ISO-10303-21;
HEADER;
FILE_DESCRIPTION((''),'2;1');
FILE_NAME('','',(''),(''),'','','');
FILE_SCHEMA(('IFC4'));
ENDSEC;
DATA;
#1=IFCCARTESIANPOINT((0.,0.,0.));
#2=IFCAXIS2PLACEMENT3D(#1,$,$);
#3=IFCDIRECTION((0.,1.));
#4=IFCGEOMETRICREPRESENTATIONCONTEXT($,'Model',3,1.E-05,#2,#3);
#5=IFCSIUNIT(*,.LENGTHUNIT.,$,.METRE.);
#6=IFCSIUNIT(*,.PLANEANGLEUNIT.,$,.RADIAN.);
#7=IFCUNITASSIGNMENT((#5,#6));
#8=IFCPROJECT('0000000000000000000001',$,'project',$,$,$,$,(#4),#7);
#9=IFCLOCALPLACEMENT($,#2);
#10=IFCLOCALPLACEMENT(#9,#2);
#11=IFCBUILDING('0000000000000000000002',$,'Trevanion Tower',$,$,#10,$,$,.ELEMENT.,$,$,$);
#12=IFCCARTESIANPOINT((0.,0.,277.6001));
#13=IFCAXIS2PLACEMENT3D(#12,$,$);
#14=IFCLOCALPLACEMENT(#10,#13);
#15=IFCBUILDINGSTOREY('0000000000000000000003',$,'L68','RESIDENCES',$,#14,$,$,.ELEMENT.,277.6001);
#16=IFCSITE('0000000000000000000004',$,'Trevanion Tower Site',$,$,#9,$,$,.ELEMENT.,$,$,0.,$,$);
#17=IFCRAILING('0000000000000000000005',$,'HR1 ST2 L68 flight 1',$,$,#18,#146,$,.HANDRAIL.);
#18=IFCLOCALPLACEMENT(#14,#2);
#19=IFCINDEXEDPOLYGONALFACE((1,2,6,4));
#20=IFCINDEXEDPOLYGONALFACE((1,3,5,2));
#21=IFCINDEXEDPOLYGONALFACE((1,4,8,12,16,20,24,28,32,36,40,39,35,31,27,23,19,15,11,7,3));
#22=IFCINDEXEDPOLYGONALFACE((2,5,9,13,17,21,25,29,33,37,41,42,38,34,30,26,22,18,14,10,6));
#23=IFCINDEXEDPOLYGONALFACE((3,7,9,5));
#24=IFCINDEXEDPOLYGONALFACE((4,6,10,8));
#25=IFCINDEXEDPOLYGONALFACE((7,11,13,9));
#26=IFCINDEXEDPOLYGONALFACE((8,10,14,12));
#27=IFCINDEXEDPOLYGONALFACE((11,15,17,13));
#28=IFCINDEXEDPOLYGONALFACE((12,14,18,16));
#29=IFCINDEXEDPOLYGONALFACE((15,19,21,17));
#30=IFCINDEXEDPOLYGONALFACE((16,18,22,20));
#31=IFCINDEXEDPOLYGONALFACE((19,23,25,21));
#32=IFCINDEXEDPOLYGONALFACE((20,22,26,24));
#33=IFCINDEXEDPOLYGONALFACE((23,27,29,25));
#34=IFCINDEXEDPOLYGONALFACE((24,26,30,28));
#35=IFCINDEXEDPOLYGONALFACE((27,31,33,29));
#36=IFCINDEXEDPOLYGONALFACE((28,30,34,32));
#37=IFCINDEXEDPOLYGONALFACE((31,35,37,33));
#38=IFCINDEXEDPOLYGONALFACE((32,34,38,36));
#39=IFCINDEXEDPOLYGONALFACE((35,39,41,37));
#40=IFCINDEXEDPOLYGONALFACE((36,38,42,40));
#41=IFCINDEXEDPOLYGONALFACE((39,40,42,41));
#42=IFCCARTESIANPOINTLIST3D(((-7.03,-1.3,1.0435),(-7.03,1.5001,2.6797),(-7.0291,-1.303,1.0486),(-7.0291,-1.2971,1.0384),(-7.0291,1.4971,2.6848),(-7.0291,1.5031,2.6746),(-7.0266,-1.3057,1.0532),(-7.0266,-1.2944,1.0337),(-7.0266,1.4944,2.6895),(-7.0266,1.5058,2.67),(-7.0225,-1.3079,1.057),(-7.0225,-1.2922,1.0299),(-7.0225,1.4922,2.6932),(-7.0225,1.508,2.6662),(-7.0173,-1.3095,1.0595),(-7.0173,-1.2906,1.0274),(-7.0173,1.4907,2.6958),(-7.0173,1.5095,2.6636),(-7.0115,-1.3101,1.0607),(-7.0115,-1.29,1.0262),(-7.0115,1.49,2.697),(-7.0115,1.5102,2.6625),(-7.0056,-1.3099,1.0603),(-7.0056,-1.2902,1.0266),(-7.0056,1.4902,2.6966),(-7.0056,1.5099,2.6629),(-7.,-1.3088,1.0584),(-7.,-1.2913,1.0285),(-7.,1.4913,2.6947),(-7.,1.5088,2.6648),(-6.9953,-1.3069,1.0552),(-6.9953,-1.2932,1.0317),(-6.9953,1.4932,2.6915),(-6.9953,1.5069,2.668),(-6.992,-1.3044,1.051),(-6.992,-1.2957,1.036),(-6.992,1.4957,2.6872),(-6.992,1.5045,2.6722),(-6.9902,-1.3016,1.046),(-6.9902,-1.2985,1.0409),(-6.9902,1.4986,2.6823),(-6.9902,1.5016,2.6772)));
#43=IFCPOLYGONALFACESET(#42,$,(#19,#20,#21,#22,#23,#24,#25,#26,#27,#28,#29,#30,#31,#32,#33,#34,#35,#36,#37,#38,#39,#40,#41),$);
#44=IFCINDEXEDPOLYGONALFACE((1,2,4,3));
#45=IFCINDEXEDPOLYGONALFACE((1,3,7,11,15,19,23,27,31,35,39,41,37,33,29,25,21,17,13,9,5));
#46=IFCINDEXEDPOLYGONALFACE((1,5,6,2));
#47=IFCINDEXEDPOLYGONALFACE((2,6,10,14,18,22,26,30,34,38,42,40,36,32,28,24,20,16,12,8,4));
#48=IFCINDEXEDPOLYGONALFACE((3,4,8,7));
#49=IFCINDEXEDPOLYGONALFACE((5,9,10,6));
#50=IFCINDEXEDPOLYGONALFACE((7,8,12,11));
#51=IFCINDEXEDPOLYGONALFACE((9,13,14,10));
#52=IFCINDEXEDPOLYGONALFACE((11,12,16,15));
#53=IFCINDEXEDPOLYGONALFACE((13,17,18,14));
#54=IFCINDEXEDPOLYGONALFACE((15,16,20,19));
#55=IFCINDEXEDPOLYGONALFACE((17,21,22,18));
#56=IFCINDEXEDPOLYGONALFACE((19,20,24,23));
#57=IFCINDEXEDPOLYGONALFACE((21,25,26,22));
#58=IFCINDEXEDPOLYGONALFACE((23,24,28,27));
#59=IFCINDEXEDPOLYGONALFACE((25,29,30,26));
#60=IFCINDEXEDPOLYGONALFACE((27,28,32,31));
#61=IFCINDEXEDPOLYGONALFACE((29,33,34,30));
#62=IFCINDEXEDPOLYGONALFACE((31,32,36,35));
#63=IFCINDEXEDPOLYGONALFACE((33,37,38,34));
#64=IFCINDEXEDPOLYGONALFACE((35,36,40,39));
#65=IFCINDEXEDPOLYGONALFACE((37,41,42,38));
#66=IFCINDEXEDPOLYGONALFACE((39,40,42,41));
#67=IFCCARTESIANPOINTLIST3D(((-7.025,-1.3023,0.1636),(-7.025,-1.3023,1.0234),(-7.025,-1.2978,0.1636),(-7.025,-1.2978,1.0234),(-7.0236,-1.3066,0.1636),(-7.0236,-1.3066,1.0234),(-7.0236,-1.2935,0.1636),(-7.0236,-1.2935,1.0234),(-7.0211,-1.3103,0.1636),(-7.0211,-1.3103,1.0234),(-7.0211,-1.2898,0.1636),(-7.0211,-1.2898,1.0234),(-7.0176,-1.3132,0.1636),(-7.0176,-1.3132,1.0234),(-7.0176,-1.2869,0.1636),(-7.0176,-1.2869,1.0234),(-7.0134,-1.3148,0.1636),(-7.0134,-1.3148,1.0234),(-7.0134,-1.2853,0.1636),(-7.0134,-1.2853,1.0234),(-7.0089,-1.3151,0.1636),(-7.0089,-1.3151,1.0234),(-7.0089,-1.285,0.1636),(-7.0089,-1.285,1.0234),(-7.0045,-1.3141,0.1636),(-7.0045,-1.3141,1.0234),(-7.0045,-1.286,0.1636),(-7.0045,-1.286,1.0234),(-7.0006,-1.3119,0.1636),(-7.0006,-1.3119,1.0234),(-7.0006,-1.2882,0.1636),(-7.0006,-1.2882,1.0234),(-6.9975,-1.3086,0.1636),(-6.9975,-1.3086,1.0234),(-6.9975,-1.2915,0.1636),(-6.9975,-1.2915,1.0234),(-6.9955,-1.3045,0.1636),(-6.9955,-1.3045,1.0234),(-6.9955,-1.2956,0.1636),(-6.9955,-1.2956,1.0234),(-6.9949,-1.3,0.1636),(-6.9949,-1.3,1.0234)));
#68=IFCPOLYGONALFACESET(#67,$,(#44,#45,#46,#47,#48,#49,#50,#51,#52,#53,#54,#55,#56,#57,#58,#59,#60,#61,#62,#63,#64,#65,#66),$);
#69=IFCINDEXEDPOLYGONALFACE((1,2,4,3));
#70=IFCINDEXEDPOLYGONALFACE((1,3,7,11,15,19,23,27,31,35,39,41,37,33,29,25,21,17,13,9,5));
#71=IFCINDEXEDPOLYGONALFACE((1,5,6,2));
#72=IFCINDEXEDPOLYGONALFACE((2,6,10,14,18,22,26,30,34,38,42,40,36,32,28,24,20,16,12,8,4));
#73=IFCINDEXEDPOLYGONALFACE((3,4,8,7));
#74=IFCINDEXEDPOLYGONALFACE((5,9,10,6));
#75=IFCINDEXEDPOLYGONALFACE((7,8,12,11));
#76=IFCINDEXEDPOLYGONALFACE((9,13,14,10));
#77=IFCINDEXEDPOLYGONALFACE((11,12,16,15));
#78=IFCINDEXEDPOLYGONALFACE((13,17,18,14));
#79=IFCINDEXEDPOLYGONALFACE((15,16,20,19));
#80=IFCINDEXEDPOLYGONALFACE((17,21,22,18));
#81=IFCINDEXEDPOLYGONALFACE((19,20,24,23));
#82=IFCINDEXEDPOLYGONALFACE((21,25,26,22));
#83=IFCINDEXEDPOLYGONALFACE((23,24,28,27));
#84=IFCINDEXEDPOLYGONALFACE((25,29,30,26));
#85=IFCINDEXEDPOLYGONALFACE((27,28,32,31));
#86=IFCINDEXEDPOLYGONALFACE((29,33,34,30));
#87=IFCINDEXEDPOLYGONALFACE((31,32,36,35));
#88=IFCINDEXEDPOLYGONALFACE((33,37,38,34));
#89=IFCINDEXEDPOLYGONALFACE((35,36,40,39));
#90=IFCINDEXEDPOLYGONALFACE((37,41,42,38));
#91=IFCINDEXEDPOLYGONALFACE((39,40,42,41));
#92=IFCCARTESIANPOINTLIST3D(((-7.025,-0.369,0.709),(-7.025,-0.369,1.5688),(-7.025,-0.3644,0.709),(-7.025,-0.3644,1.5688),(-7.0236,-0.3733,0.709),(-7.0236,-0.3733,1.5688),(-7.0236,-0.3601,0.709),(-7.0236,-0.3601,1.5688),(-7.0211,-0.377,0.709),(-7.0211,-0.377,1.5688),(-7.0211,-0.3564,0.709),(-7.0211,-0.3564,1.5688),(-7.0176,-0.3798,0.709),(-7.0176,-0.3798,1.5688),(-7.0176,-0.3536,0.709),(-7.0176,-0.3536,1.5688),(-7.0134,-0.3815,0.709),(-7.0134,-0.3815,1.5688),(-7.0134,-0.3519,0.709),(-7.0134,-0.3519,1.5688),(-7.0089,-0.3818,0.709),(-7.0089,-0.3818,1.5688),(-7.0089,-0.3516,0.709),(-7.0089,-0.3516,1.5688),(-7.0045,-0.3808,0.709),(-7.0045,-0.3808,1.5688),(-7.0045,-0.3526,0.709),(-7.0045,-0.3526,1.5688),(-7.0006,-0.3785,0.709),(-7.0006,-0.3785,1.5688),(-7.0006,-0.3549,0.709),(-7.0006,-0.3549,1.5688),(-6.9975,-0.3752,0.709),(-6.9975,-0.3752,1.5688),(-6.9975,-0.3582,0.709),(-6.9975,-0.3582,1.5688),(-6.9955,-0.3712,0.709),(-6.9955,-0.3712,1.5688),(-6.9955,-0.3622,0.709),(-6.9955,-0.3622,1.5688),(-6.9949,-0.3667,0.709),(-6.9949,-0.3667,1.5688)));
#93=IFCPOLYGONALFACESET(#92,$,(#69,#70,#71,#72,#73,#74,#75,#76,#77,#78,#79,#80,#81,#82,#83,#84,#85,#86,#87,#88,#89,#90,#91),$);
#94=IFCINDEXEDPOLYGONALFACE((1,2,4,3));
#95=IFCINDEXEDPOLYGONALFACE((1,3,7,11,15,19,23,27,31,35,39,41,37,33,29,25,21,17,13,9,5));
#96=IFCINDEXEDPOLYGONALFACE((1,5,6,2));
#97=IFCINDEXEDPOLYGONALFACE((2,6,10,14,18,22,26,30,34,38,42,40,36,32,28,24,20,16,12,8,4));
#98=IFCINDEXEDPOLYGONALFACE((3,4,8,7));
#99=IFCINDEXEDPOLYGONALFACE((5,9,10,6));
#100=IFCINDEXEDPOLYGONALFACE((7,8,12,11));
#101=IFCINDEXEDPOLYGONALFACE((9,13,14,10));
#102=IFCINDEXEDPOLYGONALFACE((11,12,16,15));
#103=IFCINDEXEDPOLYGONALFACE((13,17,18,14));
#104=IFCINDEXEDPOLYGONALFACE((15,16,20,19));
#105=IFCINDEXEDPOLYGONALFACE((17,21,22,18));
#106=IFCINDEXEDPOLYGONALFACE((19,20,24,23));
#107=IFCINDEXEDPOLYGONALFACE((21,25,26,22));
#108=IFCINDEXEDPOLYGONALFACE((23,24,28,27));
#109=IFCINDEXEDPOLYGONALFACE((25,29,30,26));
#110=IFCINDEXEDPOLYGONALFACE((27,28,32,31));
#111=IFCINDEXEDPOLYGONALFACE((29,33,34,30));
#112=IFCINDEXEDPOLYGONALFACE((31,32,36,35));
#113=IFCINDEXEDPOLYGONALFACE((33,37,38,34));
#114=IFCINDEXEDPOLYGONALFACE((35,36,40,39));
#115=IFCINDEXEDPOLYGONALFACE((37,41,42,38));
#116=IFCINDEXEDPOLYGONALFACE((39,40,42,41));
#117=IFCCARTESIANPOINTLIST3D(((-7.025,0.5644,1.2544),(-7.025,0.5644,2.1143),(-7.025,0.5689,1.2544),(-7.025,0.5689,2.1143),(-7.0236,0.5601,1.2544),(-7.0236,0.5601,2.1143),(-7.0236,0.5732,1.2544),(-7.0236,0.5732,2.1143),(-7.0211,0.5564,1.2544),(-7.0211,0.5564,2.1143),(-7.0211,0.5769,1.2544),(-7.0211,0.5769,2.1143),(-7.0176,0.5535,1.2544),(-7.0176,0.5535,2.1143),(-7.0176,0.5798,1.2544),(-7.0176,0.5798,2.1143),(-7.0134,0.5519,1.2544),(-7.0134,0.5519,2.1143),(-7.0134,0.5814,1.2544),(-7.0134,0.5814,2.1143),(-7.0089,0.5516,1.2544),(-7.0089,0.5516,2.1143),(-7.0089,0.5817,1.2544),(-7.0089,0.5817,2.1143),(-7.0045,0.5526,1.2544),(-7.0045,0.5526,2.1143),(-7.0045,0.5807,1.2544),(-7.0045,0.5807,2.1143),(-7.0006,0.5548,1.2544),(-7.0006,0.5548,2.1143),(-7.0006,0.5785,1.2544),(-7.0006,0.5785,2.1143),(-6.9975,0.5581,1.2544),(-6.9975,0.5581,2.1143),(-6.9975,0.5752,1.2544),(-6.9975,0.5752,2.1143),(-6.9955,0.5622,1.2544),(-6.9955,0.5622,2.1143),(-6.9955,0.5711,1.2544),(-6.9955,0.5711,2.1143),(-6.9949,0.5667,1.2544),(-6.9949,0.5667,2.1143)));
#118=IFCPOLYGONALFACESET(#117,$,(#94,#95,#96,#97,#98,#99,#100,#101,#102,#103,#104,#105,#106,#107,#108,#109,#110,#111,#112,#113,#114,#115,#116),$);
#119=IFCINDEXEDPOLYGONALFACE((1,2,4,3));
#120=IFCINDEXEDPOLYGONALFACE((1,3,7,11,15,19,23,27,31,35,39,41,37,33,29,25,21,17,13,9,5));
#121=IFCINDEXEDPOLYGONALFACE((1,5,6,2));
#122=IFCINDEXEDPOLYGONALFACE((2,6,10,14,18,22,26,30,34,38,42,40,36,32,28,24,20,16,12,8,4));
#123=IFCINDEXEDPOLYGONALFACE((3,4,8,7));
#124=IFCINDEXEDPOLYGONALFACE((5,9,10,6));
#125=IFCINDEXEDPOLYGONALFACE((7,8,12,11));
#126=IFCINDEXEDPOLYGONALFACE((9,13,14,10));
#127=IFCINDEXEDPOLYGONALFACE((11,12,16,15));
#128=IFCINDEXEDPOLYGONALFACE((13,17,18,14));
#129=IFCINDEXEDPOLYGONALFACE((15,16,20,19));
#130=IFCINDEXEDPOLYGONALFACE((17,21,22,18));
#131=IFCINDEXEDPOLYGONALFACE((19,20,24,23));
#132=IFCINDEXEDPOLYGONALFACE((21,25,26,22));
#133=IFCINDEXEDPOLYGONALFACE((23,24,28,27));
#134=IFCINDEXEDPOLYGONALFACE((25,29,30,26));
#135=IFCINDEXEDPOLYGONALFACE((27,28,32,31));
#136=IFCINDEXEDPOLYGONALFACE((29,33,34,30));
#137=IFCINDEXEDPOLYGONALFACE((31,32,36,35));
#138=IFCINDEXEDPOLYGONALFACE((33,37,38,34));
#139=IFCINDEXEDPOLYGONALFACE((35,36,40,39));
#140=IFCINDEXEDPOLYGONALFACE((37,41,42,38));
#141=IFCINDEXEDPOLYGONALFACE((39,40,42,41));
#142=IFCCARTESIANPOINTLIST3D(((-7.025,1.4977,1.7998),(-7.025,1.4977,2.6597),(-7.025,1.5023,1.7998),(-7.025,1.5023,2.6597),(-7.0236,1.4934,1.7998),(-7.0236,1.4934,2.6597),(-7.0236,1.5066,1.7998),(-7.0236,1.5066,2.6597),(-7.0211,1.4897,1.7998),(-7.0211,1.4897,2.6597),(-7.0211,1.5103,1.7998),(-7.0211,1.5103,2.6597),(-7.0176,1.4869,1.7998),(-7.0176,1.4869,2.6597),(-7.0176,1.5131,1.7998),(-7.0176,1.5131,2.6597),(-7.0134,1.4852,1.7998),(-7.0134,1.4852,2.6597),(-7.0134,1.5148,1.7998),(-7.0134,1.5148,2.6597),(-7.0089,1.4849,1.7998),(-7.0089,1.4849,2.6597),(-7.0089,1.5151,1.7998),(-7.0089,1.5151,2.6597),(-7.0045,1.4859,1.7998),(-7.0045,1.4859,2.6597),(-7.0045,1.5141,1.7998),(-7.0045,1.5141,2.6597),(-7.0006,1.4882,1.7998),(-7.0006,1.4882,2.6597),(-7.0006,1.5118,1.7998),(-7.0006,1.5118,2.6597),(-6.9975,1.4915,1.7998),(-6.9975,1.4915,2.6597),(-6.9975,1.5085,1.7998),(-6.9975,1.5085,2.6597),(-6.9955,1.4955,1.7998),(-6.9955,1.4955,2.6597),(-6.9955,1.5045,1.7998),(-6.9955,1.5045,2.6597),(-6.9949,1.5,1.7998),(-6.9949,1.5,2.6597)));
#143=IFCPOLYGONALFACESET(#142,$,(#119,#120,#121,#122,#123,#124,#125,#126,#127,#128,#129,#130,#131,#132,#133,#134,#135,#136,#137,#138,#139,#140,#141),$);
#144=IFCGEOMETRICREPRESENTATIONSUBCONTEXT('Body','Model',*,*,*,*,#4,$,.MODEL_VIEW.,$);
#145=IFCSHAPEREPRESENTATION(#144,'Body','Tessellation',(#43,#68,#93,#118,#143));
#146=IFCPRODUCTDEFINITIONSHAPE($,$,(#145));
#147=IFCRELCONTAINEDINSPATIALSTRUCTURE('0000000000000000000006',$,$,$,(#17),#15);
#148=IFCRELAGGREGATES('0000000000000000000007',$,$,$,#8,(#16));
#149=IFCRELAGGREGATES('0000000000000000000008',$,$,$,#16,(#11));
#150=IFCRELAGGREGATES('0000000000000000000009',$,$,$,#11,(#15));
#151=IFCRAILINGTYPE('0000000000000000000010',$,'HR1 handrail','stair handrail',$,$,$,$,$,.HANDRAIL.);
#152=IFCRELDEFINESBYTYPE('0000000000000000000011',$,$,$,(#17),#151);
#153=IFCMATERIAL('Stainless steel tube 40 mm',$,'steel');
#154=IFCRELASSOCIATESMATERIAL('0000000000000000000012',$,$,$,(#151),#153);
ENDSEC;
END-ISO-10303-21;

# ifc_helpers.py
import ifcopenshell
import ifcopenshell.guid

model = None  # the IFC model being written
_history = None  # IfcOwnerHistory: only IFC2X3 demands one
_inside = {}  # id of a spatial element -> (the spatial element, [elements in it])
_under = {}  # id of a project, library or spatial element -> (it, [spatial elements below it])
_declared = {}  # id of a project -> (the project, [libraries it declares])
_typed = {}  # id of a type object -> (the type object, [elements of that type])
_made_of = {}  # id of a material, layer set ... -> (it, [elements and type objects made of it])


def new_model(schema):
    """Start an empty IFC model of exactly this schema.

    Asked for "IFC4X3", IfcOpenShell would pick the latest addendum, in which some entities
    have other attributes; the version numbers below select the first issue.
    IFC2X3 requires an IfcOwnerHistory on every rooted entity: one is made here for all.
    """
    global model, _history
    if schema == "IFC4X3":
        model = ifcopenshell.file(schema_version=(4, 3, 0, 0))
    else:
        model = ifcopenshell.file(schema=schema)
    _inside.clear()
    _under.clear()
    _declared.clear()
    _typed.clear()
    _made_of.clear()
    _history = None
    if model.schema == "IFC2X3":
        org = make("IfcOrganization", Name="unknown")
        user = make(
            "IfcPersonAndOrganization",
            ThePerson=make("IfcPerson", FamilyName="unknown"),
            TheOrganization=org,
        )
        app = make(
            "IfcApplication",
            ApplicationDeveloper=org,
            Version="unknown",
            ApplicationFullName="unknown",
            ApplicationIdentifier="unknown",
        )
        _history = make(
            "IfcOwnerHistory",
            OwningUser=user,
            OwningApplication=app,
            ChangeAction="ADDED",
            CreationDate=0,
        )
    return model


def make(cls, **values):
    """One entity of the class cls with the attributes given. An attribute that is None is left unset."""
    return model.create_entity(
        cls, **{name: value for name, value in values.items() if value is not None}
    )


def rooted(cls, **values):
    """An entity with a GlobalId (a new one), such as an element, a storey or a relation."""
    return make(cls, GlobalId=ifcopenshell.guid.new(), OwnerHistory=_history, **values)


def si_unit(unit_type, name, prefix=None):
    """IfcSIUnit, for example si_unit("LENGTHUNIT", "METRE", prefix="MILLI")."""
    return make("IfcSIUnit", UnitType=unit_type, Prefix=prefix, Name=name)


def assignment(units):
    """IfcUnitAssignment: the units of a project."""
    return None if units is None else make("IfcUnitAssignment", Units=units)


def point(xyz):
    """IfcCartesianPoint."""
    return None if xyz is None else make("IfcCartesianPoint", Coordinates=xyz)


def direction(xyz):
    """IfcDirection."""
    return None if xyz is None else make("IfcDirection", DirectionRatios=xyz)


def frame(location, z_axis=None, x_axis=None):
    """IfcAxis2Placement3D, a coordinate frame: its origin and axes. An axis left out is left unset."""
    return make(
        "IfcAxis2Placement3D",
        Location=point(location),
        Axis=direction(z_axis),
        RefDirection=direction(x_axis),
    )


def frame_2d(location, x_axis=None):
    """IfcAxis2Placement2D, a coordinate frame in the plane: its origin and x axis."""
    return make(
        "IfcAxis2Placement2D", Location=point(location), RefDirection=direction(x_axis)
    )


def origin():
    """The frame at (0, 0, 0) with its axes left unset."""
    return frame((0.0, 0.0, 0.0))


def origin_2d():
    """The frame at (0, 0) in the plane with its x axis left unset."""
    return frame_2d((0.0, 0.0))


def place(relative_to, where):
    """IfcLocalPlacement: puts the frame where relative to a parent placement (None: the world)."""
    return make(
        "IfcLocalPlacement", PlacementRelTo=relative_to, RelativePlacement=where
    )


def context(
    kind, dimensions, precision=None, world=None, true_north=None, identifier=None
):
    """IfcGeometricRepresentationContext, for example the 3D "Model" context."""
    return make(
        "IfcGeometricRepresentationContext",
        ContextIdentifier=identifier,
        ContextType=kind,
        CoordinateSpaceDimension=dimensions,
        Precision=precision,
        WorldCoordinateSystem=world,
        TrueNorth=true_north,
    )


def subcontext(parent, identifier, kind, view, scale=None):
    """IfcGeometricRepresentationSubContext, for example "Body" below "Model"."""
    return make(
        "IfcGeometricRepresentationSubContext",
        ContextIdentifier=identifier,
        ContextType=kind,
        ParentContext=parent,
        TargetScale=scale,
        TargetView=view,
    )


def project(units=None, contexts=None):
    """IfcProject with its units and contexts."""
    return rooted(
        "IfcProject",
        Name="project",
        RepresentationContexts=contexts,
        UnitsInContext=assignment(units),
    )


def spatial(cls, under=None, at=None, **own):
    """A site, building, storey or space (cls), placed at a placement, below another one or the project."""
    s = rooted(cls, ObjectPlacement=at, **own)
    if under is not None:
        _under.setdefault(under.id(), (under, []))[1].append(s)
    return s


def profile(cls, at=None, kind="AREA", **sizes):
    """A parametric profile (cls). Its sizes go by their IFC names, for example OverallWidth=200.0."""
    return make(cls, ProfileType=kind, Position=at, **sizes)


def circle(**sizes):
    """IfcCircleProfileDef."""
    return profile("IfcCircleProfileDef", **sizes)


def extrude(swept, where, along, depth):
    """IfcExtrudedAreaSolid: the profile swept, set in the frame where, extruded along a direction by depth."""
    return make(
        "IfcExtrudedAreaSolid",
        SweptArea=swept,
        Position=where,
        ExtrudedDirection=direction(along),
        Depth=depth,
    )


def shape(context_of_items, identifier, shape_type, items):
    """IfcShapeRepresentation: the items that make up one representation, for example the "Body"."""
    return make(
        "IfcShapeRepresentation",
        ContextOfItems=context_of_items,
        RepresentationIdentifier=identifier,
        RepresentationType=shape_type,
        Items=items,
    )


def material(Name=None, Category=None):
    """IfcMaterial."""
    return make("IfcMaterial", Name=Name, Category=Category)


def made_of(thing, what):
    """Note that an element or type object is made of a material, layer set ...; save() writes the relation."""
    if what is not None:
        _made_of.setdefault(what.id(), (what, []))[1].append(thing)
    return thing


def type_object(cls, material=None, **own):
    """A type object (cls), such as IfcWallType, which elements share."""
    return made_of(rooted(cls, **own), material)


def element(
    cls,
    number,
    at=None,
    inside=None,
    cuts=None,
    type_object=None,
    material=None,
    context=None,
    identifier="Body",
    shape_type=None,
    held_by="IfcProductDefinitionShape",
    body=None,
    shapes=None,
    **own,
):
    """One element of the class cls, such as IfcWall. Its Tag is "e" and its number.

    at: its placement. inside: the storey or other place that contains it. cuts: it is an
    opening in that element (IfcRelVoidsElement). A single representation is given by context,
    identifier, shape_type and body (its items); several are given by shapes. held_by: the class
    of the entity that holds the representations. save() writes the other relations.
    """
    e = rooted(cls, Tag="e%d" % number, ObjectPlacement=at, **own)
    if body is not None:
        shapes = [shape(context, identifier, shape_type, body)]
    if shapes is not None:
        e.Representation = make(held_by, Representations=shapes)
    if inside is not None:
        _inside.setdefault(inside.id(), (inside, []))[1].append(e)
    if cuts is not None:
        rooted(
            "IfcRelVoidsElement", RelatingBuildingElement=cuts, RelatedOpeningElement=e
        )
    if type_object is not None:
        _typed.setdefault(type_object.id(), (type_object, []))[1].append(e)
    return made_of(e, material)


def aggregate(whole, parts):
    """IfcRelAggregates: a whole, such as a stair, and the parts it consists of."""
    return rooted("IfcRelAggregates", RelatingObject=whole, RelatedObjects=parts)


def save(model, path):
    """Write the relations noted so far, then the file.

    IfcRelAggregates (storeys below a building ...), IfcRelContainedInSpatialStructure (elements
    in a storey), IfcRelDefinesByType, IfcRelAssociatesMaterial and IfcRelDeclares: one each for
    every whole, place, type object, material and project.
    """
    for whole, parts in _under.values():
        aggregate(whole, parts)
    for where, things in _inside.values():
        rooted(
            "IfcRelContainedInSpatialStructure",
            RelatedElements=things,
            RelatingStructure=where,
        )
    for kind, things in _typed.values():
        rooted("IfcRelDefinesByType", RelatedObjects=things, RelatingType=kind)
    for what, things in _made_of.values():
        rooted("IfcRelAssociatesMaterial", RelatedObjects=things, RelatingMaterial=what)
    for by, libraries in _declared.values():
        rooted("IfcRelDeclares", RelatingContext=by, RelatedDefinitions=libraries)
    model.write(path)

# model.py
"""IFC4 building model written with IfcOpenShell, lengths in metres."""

from ifc_helpers import new_model, si_unit, direction, frame, origin, origin_2d, place, context, subcontext, project, spatial, circle, extrude, material, type_object, element, save


model = new_model("IFC4")

# Units and contexts
model_context = context("Model", 3, precision=1e-05, world=origin(), true_north=direction((0.0, 1.0)))
body_context = subcontext(model_context, "Body", "Model", "MODEL_VIEW")
ifc_project = project(units=[si_unit("LENGTHUNIT", "METRE"), si_unit("PLANEANGLEUNIT", "RADIAN")], contexts=[model_context])

# Site, building, storey
site_placement = place(None, origin())
site = spatial("IfcSite", under=ifc_project, at=site_placement, Name="Trevanion Tower Site", CompositionType="ELEMENT", RefElevation=0.0)
building_placement = place(site_placement, origin())
building = spatial("IfcBuilding", under=site, at=building_placement, Name="Trevanion Tower", CompositionType="ELEMENT")
storey_placement = place(building_placement, frame((0.0, 0.0, 277.6001)))
storey = spatial("IfcBuildingStorey", under=building, at=storey_placement, Name="L68", Description="RESIDENCES", CompositionType="ELEMENT", Elevation=277.6001)

# Railing
ifc_material_1 = material(Name="Stainless steel tube 40 mm", Category="steel")
railing_type = type_object("IfcRailingType", Name="HR1 handrail", Description="stair handrail", PredefinedType="HANDRAIL", material=ifc_material_1)
for number, where, name in (
    (1, (-7.01, -1.3, 0.1636), "HR1 ST2 L68 flight 1"),
):
    element("IfcRailing", number, at=place(storey_placement, frame(where)), inside=storey, type_object=railing_type, Name=name, PredefinedType="HANDRAIL", context=body_context, shape_type="SweptSolid", body=[
        extrude(circle(Radius=0.02, at=origin_2d()), frame((0.0, 0.0, 0.8799), z_axis=(0.0, 0.863394, 0.504531), x_axis=(-1.0, 0.0, 0.0)), (0.0, 0.0, 1.0), 3.2432),
        extrude(circle(Radius=0.0151, at=origin_2d()), origin(), (0.0, 0.0, 1.0), 0.8599),
        extrude(circle(Radius=0.0151, at=origin_2d()), frame((0.0, 0.9333, 0.5454)), (0.0, 0.0, 1.0), 0.8599),
        extrude(circle(Radius=0.0151, at=origin_2d()), frame((0.0, 1.8667, 1.0908)), (0.0, 0.0, 1.0), 0.8599),
        extrude(circle(Radius=0.0151, at=origin_2d()), frame((0.0, 2.8, 1.6362)), (0.0, 0.0, 1.0), 0.8599),
    ])

save(model, "model.ifc")
